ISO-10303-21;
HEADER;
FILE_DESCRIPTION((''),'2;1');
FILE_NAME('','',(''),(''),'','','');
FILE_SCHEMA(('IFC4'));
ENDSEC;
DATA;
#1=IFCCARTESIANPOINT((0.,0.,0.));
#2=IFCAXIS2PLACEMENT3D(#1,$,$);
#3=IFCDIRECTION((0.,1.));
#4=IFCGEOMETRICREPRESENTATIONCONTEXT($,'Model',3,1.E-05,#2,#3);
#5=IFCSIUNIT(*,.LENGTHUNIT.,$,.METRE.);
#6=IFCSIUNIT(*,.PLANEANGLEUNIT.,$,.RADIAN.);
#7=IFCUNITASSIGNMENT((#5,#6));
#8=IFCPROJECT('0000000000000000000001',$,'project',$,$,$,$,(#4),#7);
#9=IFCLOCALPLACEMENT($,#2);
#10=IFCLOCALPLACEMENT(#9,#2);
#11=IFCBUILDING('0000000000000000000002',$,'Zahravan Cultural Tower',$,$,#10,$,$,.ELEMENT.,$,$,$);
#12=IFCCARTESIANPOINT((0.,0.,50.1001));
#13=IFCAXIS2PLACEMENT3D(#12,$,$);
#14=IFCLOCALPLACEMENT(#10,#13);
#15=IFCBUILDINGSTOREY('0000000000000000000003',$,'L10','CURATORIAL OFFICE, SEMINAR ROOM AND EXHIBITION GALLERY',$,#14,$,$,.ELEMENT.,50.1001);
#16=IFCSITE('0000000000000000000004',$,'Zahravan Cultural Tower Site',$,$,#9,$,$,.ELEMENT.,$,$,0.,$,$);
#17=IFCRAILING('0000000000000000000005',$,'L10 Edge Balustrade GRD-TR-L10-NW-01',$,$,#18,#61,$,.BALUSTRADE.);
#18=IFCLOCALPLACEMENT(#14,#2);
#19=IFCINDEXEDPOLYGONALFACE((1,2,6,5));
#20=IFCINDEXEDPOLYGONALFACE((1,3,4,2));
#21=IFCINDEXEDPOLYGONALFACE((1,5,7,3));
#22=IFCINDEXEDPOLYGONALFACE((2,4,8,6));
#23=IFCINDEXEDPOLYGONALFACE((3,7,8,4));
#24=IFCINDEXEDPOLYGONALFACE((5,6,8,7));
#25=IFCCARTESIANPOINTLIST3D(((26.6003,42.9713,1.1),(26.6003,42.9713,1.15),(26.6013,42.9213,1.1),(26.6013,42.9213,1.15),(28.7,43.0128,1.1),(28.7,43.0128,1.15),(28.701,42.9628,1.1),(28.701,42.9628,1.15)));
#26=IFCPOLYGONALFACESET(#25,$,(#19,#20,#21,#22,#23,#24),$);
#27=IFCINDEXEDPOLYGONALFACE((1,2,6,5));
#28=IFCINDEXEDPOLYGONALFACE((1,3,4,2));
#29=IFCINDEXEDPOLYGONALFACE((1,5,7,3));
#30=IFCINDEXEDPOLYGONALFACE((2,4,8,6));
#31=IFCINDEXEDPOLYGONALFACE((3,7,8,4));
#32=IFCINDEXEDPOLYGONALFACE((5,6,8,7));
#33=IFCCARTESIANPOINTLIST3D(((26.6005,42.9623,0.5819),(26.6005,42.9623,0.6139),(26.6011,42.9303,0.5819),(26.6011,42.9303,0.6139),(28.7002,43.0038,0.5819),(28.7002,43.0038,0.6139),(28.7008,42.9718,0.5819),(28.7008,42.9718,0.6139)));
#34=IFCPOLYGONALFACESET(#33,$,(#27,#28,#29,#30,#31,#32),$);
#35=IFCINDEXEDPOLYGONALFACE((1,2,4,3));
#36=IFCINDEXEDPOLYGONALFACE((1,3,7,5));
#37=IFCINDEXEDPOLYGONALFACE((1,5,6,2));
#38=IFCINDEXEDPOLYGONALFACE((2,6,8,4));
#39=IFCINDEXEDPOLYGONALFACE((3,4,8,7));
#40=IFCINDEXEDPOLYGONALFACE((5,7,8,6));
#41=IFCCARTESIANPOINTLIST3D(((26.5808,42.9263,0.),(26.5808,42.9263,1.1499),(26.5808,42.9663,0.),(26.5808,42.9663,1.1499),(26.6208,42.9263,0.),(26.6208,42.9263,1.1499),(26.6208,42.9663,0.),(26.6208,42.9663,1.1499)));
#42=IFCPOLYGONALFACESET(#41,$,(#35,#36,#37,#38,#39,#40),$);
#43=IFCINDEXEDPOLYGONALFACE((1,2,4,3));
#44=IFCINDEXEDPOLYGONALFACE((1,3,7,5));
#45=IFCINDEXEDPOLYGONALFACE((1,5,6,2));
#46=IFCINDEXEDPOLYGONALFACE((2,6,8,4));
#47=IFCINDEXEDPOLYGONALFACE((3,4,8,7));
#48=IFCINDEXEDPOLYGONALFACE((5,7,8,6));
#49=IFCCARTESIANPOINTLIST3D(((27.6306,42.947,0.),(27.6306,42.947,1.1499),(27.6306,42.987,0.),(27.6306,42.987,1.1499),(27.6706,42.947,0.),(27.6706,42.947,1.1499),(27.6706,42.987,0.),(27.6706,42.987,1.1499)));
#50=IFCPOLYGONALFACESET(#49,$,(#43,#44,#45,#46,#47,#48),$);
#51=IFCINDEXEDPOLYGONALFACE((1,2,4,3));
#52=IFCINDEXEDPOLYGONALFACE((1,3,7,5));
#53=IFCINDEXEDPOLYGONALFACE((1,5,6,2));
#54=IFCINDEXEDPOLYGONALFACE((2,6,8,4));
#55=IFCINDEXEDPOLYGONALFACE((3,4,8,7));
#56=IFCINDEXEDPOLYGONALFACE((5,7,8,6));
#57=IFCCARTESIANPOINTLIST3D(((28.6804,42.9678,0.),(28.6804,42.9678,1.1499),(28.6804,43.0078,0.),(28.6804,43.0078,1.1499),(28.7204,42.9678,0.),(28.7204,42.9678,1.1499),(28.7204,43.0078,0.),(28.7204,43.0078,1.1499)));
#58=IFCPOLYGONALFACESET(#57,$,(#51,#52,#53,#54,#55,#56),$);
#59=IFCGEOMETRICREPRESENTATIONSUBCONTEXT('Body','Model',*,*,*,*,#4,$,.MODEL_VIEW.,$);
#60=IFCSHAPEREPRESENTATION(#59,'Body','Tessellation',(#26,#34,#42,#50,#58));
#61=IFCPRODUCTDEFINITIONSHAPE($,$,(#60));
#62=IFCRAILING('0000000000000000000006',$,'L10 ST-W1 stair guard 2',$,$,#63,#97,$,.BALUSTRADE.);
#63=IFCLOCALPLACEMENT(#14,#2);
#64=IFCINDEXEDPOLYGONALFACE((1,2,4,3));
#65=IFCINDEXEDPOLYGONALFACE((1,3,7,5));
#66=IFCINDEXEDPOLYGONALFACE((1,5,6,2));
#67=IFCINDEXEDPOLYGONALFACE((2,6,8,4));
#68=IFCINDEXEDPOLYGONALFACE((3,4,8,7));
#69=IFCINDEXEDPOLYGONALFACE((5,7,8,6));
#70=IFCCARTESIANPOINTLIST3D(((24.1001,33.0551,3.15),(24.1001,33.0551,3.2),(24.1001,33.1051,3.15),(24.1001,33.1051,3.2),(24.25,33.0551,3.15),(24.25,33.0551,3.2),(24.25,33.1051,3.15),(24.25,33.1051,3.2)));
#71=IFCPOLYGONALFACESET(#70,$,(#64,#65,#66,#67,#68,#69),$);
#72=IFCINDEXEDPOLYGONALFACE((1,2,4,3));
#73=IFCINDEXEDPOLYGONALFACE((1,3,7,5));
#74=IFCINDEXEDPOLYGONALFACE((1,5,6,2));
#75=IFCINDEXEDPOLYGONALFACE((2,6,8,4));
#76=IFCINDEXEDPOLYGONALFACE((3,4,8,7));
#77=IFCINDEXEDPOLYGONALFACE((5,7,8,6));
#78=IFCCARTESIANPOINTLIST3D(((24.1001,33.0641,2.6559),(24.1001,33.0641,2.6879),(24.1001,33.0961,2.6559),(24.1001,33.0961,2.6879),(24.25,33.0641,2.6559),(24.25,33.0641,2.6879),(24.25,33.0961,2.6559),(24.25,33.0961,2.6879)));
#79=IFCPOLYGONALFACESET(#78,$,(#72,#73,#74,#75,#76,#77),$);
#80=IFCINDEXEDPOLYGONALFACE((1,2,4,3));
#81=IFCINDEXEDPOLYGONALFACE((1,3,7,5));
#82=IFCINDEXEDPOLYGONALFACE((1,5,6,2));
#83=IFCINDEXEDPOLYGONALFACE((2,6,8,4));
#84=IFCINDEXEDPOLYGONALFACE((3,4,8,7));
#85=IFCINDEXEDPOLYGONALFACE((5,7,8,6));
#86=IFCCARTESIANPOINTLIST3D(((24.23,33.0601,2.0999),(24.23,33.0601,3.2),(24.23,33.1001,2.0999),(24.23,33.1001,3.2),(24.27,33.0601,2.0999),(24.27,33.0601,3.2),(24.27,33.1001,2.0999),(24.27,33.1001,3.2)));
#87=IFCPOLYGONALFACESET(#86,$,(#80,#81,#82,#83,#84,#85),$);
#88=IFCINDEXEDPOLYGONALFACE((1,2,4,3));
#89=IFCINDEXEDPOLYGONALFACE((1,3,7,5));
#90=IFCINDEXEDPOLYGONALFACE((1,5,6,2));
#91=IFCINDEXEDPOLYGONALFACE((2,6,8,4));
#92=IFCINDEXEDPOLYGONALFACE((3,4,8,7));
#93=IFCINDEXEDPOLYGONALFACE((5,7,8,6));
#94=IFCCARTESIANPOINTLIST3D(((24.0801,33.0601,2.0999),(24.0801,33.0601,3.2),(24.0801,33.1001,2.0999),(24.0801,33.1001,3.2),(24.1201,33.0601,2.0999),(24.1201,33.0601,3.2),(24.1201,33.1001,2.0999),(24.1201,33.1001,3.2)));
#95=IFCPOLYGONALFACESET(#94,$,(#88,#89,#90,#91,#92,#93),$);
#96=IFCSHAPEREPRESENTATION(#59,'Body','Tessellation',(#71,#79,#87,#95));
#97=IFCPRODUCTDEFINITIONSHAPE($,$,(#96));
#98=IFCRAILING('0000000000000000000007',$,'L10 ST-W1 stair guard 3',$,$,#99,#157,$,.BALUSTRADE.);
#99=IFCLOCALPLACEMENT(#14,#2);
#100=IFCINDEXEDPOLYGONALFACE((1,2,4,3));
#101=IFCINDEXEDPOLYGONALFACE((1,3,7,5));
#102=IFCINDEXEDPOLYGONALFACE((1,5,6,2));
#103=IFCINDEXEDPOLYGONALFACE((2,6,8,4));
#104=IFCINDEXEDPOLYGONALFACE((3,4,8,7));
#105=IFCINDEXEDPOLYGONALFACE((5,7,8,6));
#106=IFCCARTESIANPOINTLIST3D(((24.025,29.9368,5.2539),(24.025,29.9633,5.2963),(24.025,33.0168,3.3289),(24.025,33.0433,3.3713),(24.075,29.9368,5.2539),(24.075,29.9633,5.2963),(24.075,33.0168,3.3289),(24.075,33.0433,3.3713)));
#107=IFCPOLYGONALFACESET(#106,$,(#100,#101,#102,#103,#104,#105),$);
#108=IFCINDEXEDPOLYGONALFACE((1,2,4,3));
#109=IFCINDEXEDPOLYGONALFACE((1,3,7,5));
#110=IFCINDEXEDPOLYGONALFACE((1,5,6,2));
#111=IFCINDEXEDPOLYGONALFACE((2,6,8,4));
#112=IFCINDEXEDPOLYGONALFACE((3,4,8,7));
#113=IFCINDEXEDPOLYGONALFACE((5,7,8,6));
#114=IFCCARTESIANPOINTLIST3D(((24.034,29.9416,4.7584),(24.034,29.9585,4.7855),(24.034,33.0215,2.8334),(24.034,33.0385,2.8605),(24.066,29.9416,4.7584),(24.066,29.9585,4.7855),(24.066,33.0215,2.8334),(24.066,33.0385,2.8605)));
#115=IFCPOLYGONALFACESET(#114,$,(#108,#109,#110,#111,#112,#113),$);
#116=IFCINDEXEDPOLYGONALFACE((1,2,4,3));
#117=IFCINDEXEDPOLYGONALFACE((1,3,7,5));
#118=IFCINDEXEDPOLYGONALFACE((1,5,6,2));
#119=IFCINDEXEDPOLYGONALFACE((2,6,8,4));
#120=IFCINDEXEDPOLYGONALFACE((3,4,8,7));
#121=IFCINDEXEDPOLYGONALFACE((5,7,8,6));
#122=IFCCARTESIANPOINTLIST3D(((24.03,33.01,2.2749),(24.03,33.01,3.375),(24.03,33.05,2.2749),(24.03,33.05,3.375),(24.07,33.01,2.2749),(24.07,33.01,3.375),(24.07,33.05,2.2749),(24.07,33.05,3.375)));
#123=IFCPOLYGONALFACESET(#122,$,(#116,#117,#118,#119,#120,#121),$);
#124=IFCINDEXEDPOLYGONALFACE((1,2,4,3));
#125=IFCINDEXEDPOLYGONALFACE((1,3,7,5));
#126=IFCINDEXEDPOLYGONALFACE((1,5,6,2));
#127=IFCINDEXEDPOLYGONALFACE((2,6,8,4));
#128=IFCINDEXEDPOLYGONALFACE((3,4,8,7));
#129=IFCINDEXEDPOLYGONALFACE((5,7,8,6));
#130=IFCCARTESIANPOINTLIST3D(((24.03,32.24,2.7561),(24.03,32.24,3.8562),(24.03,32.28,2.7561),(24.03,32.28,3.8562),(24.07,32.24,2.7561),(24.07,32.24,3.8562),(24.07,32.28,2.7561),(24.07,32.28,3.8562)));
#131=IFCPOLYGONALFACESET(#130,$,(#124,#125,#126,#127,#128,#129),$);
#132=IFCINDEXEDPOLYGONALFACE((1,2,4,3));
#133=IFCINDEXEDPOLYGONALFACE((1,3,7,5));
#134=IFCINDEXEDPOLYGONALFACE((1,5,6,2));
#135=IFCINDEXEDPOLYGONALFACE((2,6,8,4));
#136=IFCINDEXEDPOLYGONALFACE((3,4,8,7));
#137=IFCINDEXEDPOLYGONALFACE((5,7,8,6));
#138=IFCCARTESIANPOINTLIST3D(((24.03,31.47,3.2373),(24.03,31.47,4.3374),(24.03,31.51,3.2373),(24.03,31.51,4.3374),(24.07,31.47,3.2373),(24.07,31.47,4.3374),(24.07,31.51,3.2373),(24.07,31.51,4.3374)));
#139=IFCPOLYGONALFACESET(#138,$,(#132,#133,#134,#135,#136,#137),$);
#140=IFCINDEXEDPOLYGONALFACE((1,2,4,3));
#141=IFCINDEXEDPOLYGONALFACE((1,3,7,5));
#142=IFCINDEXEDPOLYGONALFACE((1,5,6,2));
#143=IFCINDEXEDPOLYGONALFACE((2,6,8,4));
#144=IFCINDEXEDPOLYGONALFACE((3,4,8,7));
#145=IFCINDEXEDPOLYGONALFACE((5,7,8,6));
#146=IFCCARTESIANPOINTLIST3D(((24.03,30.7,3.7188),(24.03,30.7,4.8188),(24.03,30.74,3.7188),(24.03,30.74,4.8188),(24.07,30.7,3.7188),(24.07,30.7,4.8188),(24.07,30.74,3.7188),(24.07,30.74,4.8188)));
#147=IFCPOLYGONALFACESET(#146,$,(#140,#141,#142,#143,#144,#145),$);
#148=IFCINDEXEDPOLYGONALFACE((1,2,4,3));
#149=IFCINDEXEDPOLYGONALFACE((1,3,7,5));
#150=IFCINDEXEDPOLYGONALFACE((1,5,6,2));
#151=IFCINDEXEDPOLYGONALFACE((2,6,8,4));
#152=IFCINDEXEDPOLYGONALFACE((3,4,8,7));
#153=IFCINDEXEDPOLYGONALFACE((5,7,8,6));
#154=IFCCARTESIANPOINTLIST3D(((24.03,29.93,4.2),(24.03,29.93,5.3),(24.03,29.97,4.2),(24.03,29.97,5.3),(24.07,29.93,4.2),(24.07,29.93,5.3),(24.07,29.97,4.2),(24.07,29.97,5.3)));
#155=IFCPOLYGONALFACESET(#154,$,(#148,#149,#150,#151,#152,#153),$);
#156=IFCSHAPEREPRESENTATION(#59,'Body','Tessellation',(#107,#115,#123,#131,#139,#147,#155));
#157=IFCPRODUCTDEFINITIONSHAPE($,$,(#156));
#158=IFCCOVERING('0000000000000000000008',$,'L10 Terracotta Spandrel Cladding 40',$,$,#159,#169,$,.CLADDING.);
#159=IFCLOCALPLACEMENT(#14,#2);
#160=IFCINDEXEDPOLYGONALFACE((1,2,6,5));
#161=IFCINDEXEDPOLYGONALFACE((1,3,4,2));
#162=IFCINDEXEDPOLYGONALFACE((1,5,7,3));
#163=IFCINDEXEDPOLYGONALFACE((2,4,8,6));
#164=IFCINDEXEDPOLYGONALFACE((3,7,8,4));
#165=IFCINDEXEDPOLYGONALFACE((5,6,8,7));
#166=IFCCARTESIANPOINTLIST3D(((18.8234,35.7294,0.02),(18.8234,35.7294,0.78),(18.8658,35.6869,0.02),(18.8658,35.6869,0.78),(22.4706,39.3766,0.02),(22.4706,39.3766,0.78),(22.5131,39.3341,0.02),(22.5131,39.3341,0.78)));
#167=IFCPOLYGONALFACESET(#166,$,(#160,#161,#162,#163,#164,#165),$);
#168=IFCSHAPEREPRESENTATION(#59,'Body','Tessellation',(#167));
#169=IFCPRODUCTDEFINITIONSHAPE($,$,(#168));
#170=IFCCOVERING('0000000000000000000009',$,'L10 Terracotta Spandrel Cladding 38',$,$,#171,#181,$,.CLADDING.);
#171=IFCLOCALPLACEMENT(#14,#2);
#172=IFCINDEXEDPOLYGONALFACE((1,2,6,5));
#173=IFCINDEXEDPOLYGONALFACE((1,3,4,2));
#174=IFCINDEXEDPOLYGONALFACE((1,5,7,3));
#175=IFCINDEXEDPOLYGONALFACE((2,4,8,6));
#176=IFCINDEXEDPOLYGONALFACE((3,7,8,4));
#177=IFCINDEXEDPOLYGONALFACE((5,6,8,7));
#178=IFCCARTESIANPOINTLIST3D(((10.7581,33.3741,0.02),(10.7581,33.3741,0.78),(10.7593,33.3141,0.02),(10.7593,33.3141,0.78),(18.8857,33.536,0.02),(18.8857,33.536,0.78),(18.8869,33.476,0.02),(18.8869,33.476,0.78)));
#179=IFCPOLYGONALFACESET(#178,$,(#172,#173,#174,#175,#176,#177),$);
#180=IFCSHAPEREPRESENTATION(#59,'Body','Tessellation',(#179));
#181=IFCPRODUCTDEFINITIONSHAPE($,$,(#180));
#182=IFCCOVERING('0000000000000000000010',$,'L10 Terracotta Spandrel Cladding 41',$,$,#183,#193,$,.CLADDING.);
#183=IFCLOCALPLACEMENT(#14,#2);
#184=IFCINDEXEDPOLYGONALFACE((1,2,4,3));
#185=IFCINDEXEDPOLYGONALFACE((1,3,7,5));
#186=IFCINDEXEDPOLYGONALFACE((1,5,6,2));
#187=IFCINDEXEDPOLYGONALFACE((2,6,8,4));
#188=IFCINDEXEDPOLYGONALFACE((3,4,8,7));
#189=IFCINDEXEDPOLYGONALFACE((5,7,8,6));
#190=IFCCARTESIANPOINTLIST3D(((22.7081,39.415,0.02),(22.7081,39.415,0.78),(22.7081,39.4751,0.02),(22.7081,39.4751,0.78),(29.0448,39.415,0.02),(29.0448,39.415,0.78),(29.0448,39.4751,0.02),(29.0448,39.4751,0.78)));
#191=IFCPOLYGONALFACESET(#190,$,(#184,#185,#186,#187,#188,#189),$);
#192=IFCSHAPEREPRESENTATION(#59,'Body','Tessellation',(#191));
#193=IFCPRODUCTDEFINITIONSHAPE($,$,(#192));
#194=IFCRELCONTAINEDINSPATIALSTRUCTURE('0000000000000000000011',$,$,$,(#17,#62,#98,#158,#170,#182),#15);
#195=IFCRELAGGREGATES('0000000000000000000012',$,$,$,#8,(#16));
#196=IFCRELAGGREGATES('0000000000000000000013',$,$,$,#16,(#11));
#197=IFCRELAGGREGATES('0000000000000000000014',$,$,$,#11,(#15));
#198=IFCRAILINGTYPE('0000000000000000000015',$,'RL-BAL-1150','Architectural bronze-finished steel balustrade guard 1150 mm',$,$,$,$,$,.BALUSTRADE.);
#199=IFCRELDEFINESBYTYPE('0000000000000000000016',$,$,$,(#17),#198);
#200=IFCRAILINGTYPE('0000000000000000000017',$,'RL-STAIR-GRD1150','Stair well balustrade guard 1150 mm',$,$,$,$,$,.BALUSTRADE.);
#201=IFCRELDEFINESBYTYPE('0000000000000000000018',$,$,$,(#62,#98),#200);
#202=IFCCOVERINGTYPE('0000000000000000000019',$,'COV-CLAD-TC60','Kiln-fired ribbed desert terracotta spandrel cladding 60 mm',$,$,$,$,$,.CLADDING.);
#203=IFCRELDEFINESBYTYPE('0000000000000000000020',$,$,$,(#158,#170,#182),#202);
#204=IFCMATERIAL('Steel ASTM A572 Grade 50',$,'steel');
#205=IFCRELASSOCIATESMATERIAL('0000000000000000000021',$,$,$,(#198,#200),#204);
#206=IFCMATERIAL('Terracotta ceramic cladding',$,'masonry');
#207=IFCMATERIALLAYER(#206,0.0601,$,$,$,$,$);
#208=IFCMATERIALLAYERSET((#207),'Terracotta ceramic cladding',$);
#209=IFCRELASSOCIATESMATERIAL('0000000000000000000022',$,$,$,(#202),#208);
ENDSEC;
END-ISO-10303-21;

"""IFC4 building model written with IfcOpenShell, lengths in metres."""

from ifc_helpers import new_model, si_unit, direction, frame, origin, origin_2d, place, context, subcontext, project, spatial, rectangle, extrude, source, transform, mapped, material, layer, layer_set, type_object, element, save


model = new_model("IFC4")

# Units and contexts
model_context = context("Model", 3, precision=1e-05, world=origin(), true_north=direction((0.0, 1.0)))
body_context = subcontext(model_context, "Body", "Model", "MODEL_VIEW")
ifc_project = project(units=[si_unit("LENGTHUNIT", "METRE"), si_unit("PLANEANGLEUNIT", "RADIAN")], contexts=[model_context])

# Site, building, storey
site_placement = place(None, origin())
site = spatial("IfcSite", under=ifc_project, at=site_placement, Name="Zahravan Cultural Tower Site", CompositionType="ELEMENT", RefElevation=0.0)
building_placement = place(site_placement, origin())
building = spatial("IfcBuilding", under=site, at=building_placement, Name="Zahravan Cultural Tower", CompositionType="ELEMENT")
storey_placement = place(building_placement, frame((0.0, 0.0, 50.1001)))
storey = spatial("IfcBuildingStorey", under=building, at=storey_placement, Name="L10", Description="CURATORIAL OFFICE, SEMINAR ROOM AND EXHIBITION GALLERY", CompositionType="ELEMENT", Elevation=50.1001)

# Shared definitions
ifc_material_1 = material(Name="Steel ASTM A572 Grade 50", Category="steel")

# Railings
railing_type_1 = type_object("IfcRailingType", Name="RL-BAL-1150", Description="Architectural bronze-finished steel balustrade guard 1150 mm", PredefinedType="BALUSTRADE", material=ifc_material_1)
railing_1_placement = place(storey_placement, frame((26.6008, 42.9463, 0.0)))
element("IfcRailing", 1, at=railing_1_placement, inside=storey, type_object=railing_type_1, Name="L10 Edge Balustrade GRD-TR-L10-NW-01", PredefinedType="BALUSTRADE", context=body_context, shape_type="SweptSolid", body=[
    extrude(rectangle(XDim=0.05, YDim=0.05, at=origin_2d()), frame((0.0, 0.0, 1.125), z_axis=(0.999805, 0.019764, 0.0), x_axis=(-0.019764, 0.999805, 0.0)), (0.0, 0.0, 1.0), 2.1001),
    extrude(rectangle(XDim=0.032, YDim=0.032, at=origin_2d()), frame((0.0, 0.0, 0.5979), z_axis=(0.999805, 0.019764, 0.0), x_axis=(-0.019764, 0.999805, 0.0)), (0.0, 0.0, 1.0), 2.1001),
    extrude(rectangle(XDim=0.04, YDim=0.04, at=origin_2d()), origin(), (0.0, 0.0, 1.0), 1.1499),
    extrude(rectangle(XDim=0.04, YDim=0.04, at=origin_2d()), frame((1.0498, 0.0208, 0.0)), (0.0, 0.0, 1.0), 1.1499),
    extrude(rectangle(XDim=0.04, YDim=0.04, at=origin_2d()), frame((2.0996, 0.0415, 0.0)), (0.0, 0.0, 1.0), 1.1499),
])
railing_type_2 = type_object("IfcRailingType", Name="RL-STAIR-GRD1150", Description="Stair well balustrade guard 1150 mm", PredefinedType="BALUSTRADE", material=ifc_material_1)
railing_2_placement = place(storey_placement, frame((24.25, 33.0801, 2.0999)))
element("IfcRailing", 2, at=railing_2_placement, inside=storey, type_object=railing_type_2, Name="L10 ST-W1 stair guard 2", PredefinedType="BALUSTRADE", context=body_context, shape_type="SweptSolid", body=[
    extrude(rectangle(XDim=0.05, YDim=0.05, at=origin_2d()), frame((0.0, 0.0, 1.0752), z_axis=(-1.0, 0.0, 0.0), x_axis=(0.0, -1.0, 0.0)), (0.0, 0.0, 1.0), 0.1499),
    extrude(rectangle(XDim=0.032, YDim=0.032, at=origin_2d()), frame((0.0, 0.0, 0.572), z_axis=(-1.0, 0.0, 0.0), x_axis=(0.0, -1.0, 0.0)), (0.0, 0.0, 1.0), 0.1499),
    extrude(rectangle(XDim=0.04, YDim=0.04, at=origin_2d()), origin(), (0.0, 0.0, 1.0), 1.1001),
    extrude(rectangle(XDim=0.04, YDim=0.04, at=origin_2d()), frame((-0.1499, 0.0, 0.0)), (0.0, 0.0, 1.0), 1.1001),
])
railing_3_placement = place(storey_placement, frame((24.05, 33.03, 2.2749)))
element("IfcRailing", 3, at=railing_3_placement, inside=storey, type_object=railing_type_2, Name="L10 ST-W1 stair guard 3", PredefinedType="BALUSTRADE", context=body_context, shape_type="SweptSolid", body=[
    extrude(rectangle(XDim=0.05, YDim=0.05, at=origin_2d()), frame((0.0, 0.0, 1.0752), z_axis=(0.0, -0.847998, 0.529999), x_axis=(1.0, 0.0, 0.0)), (0.0, 0.0, 1.0), 3.6321),
    extrude(rectangle(XDim=0.032, YDim=0.032, at=origin_2d()), frame((0.0, 0.0, 0.572), z_axis=(0.0, -0.847998, 0.529999), x_axis=(1.0, 0.0, 0.0)), (0.0, 0.0, 1.0), 3.6321),
    extrude(rectangle(XDim=0.04, YDim=0.04, at=origin_2d()), origin(), (0.0, 0.0, 1.0), 1.1001),
    extrude(rectangle(XDim=0.04, YDim=0.04, at=origin_2d()), frame((0.0, -0.77, 0.4812)), (0.0, 0.0, 1.0), 1.1001),
    extrude(rectangle(XDim=0.04, YDim=0.04, at=origin_2d()), frame((0.0, -1.54, 0.9624)), (0.0, 0.0, 1.0), 1.1001),
    extrude(rectangle(XDim=0.04, YDim=0.04, at=origin_2d()), frame((0.0, -2.3101, 1.4438)), (0.0, 0.0, 1.0), 1.1001),
    extrude(rectangle(XDim=0.04, YDim=0.04, at=origin_2d()), frame((0.0, -3.0801, 1.925)), (0.0, 0.0, 1.0), 1.1001),
])

# Coverings
ifc_material_2 = material(Name="Terracotta ceramic cladding", Category="masonry")
ifc_layer_1 = layer(ifc_material_2, 0.0601)
ifc_layer_set_1 = layer_set([ifc_layer_1], Name="Terracotta ceramic cladding")
covering_type = type_object("IfcCoveringType", Name="COV-CLAD-TC60", Description="Kiln-fired ribbed desert terracotta spandrel cladding 60 mm", PredefinedType="CLADDING", material=ifc_layer_set_1)
shared_shape_1 = source(origin(), body_context, "Body", "SweptSolid", [
    extrude(rectangle(XDim=5.158, YDim=0.0601, at=origin_2d()), origin(), (0.0, 0.0, 1.0), 0.76),
])
covering_1_placement = place(storey_placement, frame((20.6682, 37.5317, 0.02), z_axis=(0.0, 0.0, 1.0), x_axis=(0.707107, 0.707107, 0.0)))
element("IfcCovering", 4, at=covering_1_placement, inside=storey, type_object=covering_type, Name="L10 Terracotta Spandrel Cladding 40", PredefinedType="CLADDING", context=body_context, shape_type="MappedRepresentation", body=[
    mapped(shared_shape_1, transform((0.0, 0.0, 0.0), x_axis=(1.0, 0.0, 0.0), y_axis=(0.0, 1.0, 0.0), z_axis=(0.0, 0.0, 1.0), scale=1.0)),
])
shared_shape_2 = source(origin(), body_context, "Body", "SweptSolid", [
    extrude(rectangle(XDim=8.1292, YDim=0.0601, at=origin_2d()), origin(), (0.0, 0.0, 1.0), 0.76),
])
covering_2_placement = place(storey_placement, frame((14.8225, 33.425, 0.02), z_axis=(0.0, 0.0, 1.0), x_axis=(0.999802, 0.019913, 0.0)))
element("IfcCovering", 5, at=covering_2_placement, inside=storey, type_object=covering_type, Name="L10 Terracotta Spandrel Cladding 38", PredefinedType="CLADDING", context=body_context, shape_type="MappedRepresentation", body=[
    mapped(shared_shape_2, transform((0.0, 0.0, 0.0), x_axis=(1.0, 0.0, 0.0), y_axis=(0.0, 1.0, 0.0), z_axis=(0.0, 0.0, 1.0), scale=1.0)),
])
shared_shape_3 = source(origin(), body_context, "Body", "SweptSolid", [
    extrude(rectangle(XDim=6.3367, YDim=0.0601, at=origin_2d()), origin(), (0.0, 0.0, 1.0), 0.76),
])
covering_3_placement = place(storey_placement, frame((25.8765, 39.4451, 0.02), z_axis=(0.0, 0.0, 1.0), x_axis=(1.0, 0.0, 0.0)))
element("IfcCovering", 6, at=covering_3_placement, inside=storey, type_object=covering_type, Name="L10 Terracotta Spandrel Cladding 41", PredefinedType="CLADDING", context=body_context, shape_type="MappedRepresentation", body=[
    mapped(shared_shape_3, transform((0.0, 0.0, 0.0), x_axis=(1.0, 0.0, 0.0), y_axis=(0.0, 1.0, 0.0), z_axis=(0.0, 0.0, 1.0), scale=1.0)),
])

save(model, "model.ifc")
